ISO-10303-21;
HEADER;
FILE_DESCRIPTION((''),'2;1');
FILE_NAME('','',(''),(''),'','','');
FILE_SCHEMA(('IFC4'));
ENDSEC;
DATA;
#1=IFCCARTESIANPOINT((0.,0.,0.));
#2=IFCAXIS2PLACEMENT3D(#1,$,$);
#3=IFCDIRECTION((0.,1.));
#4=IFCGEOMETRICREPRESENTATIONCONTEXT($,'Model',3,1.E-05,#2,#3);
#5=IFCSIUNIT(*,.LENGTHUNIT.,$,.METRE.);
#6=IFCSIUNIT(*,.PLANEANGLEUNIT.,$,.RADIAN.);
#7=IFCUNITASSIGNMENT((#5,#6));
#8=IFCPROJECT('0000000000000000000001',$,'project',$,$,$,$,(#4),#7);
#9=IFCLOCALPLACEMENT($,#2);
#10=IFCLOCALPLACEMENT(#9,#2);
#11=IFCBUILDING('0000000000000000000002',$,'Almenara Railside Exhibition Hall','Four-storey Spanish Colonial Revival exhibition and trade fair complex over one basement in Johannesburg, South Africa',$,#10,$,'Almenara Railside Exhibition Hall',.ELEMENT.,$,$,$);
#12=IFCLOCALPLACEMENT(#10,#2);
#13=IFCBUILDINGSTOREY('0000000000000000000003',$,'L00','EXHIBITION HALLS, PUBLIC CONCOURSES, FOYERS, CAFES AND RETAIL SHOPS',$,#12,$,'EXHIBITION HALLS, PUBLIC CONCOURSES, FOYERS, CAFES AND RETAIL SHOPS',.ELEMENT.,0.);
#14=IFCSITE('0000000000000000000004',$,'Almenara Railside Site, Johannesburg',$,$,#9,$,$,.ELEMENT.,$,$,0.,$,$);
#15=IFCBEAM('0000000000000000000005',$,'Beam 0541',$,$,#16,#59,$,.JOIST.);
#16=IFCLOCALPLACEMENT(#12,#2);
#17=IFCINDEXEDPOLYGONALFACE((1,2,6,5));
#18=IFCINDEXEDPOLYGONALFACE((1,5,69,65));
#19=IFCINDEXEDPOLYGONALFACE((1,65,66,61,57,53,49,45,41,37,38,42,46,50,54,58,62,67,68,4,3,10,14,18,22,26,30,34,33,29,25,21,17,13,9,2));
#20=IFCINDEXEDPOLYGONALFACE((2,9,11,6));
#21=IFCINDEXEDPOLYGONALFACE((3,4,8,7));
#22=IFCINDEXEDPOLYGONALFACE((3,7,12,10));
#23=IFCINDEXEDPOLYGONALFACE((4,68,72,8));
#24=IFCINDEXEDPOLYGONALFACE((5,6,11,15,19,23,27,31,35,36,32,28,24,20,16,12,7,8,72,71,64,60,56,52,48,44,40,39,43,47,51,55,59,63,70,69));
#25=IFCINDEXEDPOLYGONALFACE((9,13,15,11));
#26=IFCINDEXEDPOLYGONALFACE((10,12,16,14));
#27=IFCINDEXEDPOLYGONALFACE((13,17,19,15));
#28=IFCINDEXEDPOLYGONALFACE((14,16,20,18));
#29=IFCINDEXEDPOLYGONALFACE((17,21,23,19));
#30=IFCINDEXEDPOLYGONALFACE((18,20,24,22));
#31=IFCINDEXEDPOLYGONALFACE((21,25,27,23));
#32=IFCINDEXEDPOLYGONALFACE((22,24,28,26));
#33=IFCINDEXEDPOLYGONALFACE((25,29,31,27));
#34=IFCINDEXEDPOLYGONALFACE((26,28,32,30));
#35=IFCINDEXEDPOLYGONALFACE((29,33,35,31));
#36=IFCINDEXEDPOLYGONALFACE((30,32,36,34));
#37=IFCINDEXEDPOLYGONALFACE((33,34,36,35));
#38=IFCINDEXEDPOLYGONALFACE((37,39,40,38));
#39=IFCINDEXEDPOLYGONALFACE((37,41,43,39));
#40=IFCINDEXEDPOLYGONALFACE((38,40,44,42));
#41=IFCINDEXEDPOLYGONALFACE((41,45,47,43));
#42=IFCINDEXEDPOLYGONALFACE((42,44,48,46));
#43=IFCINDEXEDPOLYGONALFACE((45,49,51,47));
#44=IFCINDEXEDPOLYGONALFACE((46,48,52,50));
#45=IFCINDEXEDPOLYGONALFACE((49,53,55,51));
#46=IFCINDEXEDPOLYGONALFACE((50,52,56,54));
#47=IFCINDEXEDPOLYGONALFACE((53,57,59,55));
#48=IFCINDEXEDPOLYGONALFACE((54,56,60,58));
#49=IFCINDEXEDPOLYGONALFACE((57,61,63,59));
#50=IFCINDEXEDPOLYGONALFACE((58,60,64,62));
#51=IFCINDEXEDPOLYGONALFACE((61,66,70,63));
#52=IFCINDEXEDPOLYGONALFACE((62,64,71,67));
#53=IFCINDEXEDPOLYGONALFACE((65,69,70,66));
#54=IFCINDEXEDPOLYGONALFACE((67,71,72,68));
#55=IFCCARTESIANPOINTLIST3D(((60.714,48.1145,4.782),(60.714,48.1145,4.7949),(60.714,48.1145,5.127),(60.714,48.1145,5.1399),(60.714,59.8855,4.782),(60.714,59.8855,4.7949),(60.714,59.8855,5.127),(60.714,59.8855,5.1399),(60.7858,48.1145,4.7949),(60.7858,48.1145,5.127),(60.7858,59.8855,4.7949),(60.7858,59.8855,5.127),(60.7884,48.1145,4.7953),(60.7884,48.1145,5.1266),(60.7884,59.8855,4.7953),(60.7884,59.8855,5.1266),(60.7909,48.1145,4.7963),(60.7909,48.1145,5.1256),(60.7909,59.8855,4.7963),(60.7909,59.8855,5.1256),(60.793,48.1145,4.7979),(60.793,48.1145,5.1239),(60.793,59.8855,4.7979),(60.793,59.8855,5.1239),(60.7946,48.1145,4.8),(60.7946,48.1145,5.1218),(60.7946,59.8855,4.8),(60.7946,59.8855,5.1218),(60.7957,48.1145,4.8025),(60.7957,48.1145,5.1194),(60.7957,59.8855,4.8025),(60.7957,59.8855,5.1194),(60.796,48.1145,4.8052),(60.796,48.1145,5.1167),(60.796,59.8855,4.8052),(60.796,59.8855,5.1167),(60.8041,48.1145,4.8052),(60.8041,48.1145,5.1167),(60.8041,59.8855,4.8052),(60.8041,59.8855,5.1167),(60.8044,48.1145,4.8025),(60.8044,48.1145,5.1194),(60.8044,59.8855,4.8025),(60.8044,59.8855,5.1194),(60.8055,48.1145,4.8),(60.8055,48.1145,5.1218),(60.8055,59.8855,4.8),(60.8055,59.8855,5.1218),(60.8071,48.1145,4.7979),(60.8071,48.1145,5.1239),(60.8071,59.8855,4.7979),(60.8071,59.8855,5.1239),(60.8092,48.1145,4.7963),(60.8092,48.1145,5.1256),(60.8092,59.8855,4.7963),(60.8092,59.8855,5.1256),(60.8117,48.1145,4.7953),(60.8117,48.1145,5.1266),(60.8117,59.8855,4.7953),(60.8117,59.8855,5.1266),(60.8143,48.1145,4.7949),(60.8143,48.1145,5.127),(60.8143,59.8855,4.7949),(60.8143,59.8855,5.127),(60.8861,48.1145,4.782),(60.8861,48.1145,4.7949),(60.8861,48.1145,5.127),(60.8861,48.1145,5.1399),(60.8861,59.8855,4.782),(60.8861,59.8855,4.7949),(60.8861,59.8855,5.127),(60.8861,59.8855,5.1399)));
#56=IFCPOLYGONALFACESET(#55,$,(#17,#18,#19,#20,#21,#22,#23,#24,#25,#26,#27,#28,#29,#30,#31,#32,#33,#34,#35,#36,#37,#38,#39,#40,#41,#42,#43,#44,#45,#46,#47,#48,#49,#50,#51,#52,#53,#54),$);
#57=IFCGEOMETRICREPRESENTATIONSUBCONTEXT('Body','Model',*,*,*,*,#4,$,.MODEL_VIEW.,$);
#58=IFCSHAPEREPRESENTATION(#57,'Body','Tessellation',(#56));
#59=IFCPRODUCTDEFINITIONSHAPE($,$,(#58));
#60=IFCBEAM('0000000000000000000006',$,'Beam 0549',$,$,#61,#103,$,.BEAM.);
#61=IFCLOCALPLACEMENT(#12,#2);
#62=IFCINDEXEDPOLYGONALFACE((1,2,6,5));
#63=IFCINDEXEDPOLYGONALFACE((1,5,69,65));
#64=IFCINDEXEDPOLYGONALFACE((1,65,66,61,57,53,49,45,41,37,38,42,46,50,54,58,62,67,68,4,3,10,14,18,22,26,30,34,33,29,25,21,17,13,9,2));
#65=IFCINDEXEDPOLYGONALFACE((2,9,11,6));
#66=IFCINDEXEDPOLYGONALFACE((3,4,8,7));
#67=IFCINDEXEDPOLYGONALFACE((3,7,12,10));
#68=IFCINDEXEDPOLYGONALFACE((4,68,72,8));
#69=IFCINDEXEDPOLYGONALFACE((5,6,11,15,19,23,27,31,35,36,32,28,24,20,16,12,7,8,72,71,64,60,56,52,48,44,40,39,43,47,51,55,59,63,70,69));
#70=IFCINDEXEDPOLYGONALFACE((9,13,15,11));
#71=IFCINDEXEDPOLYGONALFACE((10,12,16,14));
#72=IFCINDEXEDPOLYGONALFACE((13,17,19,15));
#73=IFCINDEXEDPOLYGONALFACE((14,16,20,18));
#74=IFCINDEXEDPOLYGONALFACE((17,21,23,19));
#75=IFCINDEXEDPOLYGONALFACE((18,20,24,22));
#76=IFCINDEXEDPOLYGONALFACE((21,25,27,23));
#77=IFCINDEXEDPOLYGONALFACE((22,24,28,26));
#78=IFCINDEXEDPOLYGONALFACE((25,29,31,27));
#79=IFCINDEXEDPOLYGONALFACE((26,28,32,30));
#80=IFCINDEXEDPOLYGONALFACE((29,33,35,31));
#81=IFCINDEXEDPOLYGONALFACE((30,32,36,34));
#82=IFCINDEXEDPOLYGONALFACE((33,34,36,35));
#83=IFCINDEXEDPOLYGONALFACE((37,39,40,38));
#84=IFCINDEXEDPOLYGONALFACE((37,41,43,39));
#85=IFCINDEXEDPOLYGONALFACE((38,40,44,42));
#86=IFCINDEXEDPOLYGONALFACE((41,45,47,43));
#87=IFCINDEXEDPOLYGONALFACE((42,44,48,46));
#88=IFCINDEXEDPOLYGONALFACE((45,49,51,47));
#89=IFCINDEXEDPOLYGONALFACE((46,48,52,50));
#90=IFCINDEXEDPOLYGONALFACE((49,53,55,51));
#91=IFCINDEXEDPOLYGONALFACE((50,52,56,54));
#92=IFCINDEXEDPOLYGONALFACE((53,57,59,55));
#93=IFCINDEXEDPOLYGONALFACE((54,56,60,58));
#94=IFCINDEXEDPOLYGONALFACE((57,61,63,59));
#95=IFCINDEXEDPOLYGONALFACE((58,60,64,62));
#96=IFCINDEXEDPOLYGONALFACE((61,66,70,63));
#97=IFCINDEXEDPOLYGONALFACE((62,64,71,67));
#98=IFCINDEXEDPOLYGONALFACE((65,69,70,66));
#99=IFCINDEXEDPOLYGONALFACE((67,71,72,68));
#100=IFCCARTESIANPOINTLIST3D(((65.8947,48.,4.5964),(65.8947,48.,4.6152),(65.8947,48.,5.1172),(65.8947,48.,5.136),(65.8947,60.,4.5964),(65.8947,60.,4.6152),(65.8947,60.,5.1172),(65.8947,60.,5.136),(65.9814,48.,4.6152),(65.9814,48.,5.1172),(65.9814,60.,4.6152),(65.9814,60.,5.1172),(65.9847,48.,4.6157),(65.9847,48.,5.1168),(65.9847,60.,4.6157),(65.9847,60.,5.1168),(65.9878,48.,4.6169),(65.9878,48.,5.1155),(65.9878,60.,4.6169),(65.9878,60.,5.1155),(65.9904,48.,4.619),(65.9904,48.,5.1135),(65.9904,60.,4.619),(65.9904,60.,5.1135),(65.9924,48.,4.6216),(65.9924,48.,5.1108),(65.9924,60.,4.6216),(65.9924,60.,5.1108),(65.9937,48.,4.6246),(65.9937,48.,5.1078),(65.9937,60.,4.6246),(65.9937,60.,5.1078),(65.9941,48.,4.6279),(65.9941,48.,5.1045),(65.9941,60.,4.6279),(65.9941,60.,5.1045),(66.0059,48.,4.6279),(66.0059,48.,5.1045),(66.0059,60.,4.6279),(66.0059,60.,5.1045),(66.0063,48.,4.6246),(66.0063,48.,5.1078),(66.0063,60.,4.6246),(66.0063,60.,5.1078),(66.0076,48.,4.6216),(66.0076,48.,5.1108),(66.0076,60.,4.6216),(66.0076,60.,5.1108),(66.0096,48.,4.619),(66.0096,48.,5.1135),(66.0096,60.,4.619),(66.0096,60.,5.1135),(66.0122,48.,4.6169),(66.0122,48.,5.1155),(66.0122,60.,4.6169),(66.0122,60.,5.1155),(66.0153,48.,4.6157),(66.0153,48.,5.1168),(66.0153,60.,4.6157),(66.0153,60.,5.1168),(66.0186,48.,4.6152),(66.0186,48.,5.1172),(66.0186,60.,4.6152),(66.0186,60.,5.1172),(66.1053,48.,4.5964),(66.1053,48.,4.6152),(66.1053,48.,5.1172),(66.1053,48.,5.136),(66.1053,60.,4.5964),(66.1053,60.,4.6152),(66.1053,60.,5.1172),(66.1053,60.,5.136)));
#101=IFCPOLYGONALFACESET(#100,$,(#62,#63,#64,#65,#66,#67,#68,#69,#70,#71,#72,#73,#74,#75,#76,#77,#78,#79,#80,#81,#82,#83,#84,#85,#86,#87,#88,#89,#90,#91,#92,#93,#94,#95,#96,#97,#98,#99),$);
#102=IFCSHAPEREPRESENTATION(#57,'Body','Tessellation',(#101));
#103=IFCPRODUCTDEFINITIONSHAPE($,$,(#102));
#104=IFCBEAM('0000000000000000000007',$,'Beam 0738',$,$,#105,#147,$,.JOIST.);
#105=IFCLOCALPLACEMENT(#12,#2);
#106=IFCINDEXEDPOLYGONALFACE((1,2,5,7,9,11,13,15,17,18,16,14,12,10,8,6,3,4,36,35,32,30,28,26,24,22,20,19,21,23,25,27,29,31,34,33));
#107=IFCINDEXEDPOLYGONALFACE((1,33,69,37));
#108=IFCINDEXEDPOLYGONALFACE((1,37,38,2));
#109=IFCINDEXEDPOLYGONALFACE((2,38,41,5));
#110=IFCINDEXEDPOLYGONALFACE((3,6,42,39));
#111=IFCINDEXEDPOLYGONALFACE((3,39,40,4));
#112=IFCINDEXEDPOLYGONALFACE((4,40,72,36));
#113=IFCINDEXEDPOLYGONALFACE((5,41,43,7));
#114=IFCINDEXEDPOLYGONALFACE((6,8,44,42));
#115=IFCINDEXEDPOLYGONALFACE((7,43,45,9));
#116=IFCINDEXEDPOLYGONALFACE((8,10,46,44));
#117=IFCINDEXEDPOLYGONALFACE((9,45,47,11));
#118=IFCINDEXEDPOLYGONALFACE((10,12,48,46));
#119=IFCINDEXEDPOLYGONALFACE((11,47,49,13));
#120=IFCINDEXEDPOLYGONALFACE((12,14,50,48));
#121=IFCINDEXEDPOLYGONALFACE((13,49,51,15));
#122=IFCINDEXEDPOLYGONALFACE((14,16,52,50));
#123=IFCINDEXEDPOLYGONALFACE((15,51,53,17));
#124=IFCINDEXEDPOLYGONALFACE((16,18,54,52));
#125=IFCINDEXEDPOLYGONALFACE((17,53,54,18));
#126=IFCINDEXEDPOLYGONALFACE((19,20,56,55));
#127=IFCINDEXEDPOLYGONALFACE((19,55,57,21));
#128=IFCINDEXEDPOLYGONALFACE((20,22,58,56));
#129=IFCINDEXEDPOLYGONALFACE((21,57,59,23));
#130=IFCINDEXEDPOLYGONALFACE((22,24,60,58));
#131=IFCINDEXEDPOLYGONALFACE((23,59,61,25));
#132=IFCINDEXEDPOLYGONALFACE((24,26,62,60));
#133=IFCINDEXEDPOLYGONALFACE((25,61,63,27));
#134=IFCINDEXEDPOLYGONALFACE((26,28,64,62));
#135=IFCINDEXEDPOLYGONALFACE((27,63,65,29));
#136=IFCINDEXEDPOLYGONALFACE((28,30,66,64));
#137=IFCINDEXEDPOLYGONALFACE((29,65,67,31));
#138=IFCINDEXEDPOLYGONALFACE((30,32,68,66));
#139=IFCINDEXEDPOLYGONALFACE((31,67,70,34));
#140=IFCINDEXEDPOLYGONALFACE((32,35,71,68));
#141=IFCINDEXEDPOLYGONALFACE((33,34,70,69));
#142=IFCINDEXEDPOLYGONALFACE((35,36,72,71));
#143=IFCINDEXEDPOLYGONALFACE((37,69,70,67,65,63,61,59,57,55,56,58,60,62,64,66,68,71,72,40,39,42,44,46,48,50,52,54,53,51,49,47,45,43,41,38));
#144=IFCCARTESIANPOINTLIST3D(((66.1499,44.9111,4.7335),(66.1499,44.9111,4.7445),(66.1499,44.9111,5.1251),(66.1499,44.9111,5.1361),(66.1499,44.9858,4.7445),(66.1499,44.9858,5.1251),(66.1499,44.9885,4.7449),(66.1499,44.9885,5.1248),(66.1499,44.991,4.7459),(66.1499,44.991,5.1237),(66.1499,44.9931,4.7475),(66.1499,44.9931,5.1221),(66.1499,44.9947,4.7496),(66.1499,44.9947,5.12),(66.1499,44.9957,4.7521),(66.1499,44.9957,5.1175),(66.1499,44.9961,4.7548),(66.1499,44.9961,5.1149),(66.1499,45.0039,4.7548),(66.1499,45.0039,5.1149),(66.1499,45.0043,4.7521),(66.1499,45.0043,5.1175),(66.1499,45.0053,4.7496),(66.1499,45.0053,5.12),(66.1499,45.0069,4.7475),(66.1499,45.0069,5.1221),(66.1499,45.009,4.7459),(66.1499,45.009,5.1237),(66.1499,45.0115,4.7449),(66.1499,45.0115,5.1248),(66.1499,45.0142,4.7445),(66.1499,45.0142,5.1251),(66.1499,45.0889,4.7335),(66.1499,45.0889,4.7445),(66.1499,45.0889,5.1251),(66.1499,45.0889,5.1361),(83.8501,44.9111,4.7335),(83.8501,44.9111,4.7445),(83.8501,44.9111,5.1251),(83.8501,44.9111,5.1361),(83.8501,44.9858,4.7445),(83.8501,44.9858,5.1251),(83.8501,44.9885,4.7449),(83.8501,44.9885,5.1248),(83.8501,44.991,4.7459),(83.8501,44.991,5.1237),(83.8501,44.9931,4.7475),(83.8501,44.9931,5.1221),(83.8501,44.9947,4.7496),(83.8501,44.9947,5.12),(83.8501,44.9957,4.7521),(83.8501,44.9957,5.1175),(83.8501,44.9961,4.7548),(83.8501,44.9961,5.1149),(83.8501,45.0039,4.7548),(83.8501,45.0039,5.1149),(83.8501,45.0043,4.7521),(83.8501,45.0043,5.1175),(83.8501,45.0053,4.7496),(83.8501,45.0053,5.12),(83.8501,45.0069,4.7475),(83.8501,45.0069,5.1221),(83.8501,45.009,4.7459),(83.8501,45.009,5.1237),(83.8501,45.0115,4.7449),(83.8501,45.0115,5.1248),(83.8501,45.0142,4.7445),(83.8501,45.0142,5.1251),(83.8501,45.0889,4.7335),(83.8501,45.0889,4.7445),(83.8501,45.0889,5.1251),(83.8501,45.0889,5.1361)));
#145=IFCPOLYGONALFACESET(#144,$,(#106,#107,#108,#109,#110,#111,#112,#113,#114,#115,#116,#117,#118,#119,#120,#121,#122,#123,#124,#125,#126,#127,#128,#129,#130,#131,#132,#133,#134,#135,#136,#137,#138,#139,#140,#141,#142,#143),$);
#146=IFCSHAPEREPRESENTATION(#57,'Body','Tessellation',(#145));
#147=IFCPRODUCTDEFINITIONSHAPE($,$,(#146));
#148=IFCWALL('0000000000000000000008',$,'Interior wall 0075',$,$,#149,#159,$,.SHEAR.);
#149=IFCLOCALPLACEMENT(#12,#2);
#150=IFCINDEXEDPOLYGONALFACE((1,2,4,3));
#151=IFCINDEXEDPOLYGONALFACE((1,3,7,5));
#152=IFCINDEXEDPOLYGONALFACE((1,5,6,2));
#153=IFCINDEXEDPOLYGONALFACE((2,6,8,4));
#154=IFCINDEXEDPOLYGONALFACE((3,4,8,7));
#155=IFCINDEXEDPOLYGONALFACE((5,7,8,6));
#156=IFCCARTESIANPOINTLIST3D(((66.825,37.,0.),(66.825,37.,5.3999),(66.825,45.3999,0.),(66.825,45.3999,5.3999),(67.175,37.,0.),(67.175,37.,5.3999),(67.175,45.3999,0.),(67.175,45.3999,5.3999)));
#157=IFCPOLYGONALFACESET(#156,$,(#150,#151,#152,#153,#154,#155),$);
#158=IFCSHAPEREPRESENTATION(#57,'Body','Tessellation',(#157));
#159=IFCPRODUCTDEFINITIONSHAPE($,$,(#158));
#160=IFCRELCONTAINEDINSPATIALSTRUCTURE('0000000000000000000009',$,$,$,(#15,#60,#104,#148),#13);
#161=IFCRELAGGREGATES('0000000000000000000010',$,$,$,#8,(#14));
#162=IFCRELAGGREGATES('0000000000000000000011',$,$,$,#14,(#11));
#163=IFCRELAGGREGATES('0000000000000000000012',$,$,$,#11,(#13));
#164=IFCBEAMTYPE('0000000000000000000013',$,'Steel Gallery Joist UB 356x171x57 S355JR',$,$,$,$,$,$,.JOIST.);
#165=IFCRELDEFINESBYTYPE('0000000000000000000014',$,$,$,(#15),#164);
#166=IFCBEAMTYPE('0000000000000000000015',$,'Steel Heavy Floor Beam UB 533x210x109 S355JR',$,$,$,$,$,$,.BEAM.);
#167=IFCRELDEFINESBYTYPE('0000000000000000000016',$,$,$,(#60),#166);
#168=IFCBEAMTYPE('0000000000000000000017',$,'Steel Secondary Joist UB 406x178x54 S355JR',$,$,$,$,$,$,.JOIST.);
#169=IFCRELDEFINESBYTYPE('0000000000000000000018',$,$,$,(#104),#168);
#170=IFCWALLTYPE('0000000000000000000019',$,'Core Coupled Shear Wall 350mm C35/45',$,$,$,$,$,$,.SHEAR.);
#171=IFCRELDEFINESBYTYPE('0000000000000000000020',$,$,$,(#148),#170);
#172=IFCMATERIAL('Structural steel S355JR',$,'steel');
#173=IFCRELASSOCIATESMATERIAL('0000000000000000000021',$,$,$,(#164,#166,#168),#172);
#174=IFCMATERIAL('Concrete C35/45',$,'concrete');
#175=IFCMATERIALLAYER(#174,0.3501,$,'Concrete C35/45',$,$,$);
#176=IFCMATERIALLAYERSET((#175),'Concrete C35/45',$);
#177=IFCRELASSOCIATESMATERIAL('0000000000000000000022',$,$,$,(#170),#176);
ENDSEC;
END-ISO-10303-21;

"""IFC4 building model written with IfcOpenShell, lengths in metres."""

from ifc_helpers import new_model, si_unit, direction, frame, frame_2d, origin, origin_2d, place, context, subcontext, project, spatial, rectangle, i_section, extrude, material, layer, layer_set, material_profile, profile_set, type_object, element, save


model = new_model("IFC4")

# Units and contexts
model_context = context("Model", 3, precision=1e-05, world=origin(), true_north=direction((0.0, 1.0)))
body_context = subcontext(model_context, "Body", "Model", "MODEL_VIEW")
ifc_project = project(units=[si_unit("LENGTHUNIT", "METRE"), si_unit("PLANEANGLEUNIT", "RADIAN")], contexts=[model_context])

# Site, building, storey
site_placement = place(None, origin())
site = spatial("IfcSite", under=ifc_project, at=site_placement, Name="Almenara Railside Site, Johannesburg", CompositionType="ELEMENT", RefElevation=0.0)
building_placement = place(site_placement, origin())
building = spatial("IfcBuilding", under=site, at=building_placement, Name="Almenara Railside Exhibition Hall", Description="Four-storey Spanish Colonial Revival exhibition and trade fair complex over one basement in Johannesburg, South Africa", LongName="Almenara Railside Exhibition Hall", CompositionType="ELEMENT")
storey_placement = place(building_placement, origin())
storey = spatial("IfcBuildingStorey", under=building, at=storey_placement, Name="L00", Description="EXHIBITION HALLS, PUBLIC CONCOURSES, FOYERS, CAFES AND RETAIL SHOPS", LongName="EXHIBITION HALLS, PUBLIC CONCOURSES, FOYERS, CAFES AND RETAIL SHOPS", CompositionType="ELEMENT", Elevation=0.0)

# Shared definitions
ifc_material_1 = material(Name="Concrete C35/45", Category="concrete")

# Beams
ifc_material_2 = material(Name="Structural steel S355JR", Category="steel")
ifc_material_profile_1 = material_profile(ifc_material_2, i_section(OverallWidth=0.1721, OverallDepth=0.3579, WebThickness=0.0081, FlangeThickness=0.0129, FilletRadius=0.0103, at=origin_2d()), Name="UB 356x171x57")
ifc_profile_set_1 = profile_set([ifc_material_profile_1], Name="Structural steel S355JR")
beam_type_1 = type_object("IfcBeamType", Name="Steel Gallery Joist UB 356x171x57 S355JR", PredefinedType="JOIST", material=ifc_profile_set_1)
beam_1_placement = place(storey_placement, frame((60.8, 48.1145, 4.9609), z_axis=(0.0, 1.0, 0.0), x_axis=(-1.0, 0.0, 0.0)))
element("IfcBeam", 1, at=beam_1_placement, inside=storey, type_object=beam_type_1, Name="Beam 0541", PredefinedType="JOIST", context=body_context, shape_type="SweptSolid", body=[
    extrude(i_section(OverallWidth=0.1721, OverallDepth=0.3579, WebThickness=0.0081, FlangeThickness=0.0129, FilletRadius=0.0103, at=origin_2d()), origin(), (0.0, 0.0, 1.0), 11.771),
])
ifc_material_profile_2 = material_profile(ifc_material_2, i_section(OverallWidth=0.2107, OverallDepth=0.5396, WebThickness=0.0117, FlangeThickness=0.0188, FilletRadius=0.0127, at=origin_2d()), Name="UB 533x210x109")
ifc_profile_set_2 = profile_set([ifc_material_profile_2], Name="Structural steel S355JR")
beam_type_2 = type_object("IfcBeamType", Name="Steel Heavy Floor Beam UB 533x210x109 S355JR", PredefinedType="BEAM", material=ifc_profile_set_2)
beam_2_placement = place(storey_placement, frame((66.0, 48.0, 4.8662), z_axis=(0.0, 1.0, 0.0), x_axis=(-1.0, 0.0, 0.0)))
element("IfcBeam", 2, at=beam_2_placement, inside=storey, type_object=beam_type_2, Name="Beam 0549", PredefinedType="BEAM", context=body_context, shape_type="SweptSolid", body=[
    extrude(i_section(OverallWidth=0.2107, OverallDepth=0.5396, WebThickness=0.0117, FlangeThickness=0.0188, FilletRadius=0.0127, at=origin_2d()), origin(), (0.0, 0.0, 1.0), 12.0),
])
ifc_material_profile_3 = material_profile(ifc_material_2, i_section(OverallWidth=0.1777, OverallDepth=0.4026, WebThickness=0.0078, FlangeThickness=0.011, FilletRadius=0.0103, at=origin_2d()), Name="UB 406x178x54")
ifc_profile_set_3 = profile_set([ifc_material_profile_3], Name="Structural steel S355JR")
beam_type_3 = type_object("IfcBeamType", Name="Steel Secondary Joist UB 406x178x54 S355JR", PredefinedType="JOIST", material=ifc_profile_set_3)
beam_3_placement = place(storey_placement, frame((66.1499, 45.0, 4.9348), z_axis=(1.0, 0.0, 0.0), x_axis=(0.0, 1.0, 0.0)))
element("IfcBeam", 3, at=beam_3_placement, inside=storey, type_object=beam_type_3, Name="Beam 0738", PredefinedType="JOIST", context=body_context, shape_type="SweptSolid", body=[
    extrude(i_section(OverallWidth=0.1777, OverallDepth=0.4026, WebThickness=0.0078, FlangeThickness=0.011, FilletRadius=0.0103, at=origin_2d()), origin(), (0.0, 0.0, 1.0), 17.7002),
])

# Wall
ifc_layer_1 = layer(ifc_material_1, 0.3501, Name="Concrete C35/45")
ifc_layer_set_1 = layer_set([ifc_layer_1], Name="Concrete C35/45")
wall_type_1 = type_object("IfcWallType", Name="Core Coupled Shear Wall 350mm C35/45", PredefinedType="SHEAR", material=ifc_layer_set_1)
wall_1_placement = place(storey_placement, frame((67.0, 45.3999, 0.0), z_axis=(0.0, 0.0, 1.0), x_axis=(0.0, -1.0, 0.0)))
element("IfcWall", 4, at=wall_1_placement, inside=storey, type_object=wall_type_1, Name="Interior wall 0075", PredefinedType="SHEAR", context=body_context, shape_type="SweptSolid", body=[
    extrude(rectangle(XDim=8.3999, YDim=0.3501, at=frame_2d((4.2, 0.0))), origin(), (0.0, 0.0, 1.0), 5.3999),
])

save(model, "model.ifc")
